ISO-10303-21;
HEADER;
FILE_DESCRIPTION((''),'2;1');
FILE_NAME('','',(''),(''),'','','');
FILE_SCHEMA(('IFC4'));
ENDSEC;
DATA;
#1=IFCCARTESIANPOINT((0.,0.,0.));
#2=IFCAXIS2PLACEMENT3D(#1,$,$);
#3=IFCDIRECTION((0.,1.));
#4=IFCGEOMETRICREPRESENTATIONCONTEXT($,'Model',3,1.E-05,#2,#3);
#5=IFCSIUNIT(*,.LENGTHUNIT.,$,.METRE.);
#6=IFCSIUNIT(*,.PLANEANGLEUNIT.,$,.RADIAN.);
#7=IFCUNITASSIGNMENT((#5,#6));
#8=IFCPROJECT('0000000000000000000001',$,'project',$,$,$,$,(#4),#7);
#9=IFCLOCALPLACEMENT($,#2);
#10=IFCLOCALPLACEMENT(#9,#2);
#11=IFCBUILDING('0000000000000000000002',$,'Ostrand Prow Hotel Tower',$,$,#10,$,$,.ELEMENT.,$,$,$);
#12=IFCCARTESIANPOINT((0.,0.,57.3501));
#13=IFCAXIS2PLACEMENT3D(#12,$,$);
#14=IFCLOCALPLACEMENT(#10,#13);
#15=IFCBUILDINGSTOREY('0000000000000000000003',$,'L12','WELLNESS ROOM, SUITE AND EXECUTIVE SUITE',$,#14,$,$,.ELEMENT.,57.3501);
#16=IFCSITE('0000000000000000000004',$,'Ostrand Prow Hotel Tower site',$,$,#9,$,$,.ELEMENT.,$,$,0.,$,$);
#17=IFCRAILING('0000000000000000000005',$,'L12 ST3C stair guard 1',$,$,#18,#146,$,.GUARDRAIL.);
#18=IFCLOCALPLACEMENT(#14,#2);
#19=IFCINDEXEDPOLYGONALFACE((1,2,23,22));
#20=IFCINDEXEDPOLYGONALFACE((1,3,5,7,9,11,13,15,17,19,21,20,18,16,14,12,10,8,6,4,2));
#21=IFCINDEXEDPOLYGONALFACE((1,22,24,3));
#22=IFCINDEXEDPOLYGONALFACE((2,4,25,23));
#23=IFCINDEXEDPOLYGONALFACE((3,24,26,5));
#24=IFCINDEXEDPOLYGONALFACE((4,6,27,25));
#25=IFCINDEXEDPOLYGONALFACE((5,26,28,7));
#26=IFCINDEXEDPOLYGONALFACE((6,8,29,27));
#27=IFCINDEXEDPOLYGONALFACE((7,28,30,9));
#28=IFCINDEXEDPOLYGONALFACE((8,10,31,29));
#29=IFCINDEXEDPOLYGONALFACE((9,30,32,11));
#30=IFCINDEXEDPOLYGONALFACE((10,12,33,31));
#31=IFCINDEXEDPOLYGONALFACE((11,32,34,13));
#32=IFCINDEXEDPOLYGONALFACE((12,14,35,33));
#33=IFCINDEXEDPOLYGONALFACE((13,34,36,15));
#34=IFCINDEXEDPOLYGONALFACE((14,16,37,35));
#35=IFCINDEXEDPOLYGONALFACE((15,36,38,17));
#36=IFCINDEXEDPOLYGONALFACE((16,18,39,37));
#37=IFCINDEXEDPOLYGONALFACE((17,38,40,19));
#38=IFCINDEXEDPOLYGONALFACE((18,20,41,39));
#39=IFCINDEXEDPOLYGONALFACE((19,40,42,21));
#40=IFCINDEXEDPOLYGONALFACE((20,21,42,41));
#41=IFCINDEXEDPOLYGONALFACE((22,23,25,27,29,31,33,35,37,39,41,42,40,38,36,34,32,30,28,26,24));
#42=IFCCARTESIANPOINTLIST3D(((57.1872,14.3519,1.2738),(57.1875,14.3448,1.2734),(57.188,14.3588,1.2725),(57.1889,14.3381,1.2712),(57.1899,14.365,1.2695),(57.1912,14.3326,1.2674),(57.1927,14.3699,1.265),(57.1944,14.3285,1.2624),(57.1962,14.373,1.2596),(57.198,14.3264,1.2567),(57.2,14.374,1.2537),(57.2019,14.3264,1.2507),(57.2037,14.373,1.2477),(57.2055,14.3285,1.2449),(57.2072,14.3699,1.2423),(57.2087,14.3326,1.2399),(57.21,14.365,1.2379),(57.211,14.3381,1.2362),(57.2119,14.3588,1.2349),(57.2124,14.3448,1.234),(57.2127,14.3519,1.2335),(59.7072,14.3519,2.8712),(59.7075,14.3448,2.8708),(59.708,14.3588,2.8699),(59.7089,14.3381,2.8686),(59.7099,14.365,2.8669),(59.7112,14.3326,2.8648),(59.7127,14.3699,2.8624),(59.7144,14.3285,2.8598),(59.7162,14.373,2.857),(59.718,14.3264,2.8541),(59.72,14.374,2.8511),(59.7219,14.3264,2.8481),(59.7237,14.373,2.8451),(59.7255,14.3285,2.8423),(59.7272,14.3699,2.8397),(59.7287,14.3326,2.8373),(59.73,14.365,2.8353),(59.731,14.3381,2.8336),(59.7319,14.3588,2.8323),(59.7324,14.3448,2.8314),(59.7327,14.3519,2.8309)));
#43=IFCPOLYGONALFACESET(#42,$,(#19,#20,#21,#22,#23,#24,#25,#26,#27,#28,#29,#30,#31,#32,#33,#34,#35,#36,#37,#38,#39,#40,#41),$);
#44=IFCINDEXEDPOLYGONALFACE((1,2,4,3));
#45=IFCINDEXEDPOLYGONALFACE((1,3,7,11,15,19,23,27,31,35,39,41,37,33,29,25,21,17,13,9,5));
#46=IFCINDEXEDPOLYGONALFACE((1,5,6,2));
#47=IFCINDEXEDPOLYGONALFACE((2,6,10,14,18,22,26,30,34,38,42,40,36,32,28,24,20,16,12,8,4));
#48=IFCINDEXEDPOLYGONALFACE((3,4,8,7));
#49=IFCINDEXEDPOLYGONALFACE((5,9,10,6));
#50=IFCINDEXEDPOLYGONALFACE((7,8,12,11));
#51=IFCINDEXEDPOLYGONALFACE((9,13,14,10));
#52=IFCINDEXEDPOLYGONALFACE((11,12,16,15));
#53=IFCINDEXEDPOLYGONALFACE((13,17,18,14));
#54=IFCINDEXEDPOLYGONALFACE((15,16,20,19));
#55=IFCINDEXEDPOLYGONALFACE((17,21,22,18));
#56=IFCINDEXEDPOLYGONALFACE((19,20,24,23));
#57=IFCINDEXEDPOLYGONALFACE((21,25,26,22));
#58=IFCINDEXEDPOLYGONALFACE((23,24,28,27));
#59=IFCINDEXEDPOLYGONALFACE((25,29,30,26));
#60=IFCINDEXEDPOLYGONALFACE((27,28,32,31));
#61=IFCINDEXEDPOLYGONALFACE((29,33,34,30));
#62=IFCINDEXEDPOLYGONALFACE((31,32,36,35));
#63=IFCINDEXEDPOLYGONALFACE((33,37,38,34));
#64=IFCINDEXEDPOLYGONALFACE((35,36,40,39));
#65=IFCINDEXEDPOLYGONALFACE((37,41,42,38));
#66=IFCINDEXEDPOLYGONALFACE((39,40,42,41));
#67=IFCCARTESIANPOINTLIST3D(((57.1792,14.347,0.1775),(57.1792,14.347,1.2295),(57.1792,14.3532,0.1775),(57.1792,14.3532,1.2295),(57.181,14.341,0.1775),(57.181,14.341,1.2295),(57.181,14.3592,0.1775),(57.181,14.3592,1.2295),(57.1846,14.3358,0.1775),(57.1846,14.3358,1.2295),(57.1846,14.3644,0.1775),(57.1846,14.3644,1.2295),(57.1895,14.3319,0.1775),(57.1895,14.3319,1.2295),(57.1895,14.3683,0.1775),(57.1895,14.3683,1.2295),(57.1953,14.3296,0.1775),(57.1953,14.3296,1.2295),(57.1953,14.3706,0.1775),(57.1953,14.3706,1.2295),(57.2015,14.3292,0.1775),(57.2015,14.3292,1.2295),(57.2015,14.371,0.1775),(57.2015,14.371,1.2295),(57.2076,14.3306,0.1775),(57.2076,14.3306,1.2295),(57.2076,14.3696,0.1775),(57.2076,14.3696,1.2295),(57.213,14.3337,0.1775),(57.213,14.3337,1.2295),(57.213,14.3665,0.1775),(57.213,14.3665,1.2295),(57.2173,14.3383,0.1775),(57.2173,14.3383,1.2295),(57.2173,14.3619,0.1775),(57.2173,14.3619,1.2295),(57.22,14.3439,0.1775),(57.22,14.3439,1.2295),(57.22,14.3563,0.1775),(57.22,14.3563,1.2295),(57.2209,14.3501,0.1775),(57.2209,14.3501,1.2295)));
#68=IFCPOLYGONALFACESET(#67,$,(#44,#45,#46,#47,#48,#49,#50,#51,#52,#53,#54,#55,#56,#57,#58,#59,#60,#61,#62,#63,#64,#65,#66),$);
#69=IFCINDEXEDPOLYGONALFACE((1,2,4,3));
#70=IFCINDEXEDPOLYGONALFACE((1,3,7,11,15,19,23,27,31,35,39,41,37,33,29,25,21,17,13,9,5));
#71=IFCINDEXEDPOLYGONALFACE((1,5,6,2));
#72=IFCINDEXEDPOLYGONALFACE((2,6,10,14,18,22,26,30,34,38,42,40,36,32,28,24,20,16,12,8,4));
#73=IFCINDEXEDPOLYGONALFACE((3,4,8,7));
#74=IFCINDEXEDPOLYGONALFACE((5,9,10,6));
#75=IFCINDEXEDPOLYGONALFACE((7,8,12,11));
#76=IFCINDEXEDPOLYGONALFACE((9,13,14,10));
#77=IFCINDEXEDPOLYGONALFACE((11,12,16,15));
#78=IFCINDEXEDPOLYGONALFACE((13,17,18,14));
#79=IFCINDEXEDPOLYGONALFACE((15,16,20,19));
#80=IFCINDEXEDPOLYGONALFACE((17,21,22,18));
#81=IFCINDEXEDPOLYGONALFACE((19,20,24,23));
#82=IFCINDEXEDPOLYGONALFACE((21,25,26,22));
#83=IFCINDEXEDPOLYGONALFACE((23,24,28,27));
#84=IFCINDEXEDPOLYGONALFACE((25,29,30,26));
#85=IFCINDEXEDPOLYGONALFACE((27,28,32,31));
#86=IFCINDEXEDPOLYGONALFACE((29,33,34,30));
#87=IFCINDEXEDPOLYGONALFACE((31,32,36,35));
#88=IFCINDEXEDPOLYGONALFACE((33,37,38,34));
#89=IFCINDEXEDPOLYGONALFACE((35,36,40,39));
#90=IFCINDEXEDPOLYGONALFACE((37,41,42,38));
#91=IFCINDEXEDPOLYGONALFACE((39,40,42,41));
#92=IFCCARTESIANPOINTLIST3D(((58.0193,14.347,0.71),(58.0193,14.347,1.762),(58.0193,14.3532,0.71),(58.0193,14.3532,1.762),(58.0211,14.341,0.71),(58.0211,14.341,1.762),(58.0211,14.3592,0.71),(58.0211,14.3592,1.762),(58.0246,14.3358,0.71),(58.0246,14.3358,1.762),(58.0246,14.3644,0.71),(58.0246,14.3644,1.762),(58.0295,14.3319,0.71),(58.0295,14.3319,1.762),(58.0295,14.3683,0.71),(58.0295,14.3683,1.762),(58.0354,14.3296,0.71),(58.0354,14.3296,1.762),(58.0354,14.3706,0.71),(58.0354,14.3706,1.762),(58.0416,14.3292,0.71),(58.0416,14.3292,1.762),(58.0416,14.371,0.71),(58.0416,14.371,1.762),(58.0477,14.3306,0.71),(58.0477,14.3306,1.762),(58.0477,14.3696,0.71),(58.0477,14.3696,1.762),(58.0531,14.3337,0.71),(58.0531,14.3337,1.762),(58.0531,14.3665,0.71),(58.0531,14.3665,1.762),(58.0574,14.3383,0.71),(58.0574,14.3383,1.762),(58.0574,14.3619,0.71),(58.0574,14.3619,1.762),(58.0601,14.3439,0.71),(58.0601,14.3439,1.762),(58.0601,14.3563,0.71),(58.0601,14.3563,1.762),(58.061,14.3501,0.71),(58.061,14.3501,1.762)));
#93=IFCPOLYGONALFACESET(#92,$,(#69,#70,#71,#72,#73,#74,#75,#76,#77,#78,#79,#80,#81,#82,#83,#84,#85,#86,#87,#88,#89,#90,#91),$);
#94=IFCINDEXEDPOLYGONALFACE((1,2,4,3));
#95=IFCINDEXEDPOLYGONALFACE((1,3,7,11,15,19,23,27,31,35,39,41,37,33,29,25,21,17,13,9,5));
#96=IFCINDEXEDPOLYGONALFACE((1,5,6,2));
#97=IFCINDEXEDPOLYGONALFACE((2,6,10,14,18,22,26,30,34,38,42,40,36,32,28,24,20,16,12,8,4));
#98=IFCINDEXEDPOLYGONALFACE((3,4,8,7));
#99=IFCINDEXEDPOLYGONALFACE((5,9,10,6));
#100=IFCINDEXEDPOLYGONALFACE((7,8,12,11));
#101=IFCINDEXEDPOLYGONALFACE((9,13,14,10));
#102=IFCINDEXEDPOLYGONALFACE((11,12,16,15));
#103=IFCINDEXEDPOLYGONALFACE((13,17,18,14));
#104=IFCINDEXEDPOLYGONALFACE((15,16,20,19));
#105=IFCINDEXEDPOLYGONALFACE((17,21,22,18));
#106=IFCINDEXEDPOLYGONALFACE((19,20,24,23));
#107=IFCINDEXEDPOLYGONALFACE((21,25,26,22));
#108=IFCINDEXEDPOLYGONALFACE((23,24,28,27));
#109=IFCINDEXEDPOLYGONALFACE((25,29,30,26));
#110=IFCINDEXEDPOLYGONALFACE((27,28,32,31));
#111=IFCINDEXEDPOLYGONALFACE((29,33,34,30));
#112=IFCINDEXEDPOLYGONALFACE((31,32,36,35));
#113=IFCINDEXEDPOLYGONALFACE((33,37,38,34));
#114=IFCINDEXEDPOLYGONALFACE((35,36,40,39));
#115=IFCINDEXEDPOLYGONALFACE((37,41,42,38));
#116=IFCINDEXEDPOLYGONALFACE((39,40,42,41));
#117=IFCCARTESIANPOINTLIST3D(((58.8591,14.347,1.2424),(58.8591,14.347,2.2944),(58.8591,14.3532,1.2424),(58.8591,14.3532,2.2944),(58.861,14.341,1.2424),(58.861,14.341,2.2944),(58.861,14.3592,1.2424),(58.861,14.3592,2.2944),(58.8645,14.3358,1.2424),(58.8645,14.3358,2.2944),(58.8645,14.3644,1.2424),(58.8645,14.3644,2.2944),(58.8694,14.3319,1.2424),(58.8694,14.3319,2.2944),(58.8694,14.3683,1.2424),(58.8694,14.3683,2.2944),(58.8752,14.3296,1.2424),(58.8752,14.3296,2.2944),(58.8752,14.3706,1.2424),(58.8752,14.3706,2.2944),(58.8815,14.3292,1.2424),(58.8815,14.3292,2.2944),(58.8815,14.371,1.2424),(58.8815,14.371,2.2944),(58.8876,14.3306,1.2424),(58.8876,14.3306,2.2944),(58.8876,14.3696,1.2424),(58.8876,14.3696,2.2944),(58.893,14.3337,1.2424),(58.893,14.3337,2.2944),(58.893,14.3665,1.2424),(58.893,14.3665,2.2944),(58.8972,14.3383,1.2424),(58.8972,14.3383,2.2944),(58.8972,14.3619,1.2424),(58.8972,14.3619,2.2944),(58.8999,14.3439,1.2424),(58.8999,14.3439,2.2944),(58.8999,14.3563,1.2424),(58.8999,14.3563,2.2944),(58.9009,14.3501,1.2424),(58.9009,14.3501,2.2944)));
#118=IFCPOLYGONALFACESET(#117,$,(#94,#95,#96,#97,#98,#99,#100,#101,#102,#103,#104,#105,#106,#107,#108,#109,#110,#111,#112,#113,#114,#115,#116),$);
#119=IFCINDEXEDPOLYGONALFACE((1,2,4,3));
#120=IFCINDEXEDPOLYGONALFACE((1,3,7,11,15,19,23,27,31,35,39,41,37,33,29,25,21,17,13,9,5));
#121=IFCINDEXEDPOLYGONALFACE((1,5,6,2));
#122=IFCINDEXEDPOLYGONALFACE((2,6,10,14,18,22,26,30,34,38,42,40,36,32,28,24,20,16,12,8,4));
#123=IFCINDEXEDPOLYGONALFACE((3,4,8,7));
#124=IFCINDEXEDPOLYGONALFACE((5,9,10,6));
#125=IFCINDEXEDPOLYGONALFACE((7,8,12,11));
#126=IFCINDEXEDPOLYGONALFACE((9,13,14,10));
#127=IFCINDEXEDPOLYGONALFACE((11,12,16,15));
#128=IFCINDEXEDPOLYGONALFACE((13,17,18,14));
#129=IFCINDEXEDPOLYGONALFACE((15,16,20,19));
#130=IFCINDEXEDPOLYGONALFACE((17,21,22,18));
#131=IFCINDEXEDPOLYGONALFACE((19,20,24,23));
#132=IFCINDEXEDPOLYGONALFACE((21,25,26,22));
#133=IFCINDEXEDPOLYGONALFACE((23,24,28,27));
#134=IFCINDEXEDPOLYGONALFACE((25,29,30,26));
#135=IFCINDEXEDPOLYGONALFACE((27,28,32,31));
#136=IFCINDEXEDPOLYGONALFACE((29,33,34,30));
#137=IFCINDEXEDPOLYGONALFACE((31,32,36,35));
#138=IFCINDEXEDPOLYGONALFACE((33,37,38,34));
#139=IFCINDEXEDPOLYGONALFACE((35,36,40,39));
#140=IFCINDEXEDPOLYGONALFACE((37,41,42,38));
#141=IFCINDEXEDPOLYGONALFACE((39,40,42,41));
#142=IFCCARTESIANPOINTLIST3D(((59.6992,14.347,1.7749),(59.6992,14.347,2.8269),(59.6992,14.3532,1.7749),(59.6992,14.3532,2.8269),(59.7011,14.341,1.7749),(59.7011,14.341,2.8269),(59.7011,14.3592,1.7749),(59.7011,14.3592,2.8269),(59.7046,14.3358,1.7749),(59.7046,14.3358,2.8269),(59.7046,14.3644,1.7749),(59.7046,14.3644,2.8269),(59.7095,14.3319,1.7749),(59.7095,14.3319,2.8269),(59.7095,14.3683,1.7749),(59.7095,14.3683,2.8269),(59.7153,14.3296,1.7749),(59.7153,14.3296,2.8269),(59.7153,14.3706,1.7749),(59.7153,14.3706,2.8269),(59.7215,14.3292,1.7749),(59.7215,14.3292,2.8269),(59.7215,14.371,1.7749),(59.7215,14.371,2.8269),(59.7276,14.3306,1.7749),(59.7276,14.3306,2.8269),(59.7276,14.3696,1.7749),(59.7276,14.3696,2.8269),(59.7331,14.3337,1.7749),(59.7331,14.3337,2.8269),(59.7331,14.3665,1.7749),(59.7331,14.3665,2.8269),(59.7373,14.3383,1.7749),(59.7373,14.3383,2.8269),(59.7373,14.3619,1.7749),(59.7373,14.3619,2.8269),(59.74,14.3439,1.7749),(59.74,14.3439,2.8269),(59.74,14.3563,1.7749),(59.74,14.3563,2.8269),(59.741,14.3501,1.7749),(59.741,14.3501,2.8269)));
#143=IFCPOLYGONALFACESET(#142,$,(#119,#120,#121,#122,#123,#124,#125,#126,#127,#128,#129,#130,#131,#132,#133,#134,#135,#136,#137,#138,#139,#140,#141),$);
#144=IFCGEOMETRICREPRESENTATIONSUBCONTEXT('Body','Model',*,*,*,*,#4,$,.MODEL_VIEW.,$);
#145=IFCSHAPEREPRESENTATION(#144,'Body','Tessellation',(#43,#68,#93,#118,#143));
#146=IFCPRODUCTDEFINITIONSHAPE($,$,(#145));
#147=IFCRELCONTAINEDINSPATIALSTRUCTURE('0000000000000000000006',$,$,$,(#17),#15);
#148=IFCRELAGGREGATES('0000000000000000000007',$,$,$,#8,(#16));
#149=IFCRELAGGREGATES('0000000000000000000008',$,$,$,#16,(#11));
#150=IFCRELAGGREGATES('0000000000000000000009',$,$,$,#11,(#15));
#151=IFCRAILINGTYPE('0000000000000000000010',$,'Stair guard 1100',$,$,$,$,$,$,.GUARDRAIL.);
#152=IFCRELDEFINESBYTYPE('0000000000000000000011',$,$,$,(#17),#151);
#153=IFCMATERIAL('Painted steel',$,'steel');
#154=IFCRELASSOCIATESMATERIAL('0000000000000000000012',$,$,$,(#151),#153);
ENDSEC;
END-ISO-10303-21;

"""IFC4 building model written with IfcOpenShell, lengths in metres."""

from ifc_helpers import new_model, si_unit, direction, frame, origin, origin_2d, place, context, subcontext, project, spatial, circle, extrude, material, type_object, element, save


model = new_model("IFC4")

# Units and contexts
model_context = context("Model", 3, precision=1e-05, world=origin(), true_north=direction((0.0, 1.0)))
body_context = subcontext(model_context, "Body", "Model", "MODEL_VIEW")
ifc_project = project(units=[si_unit("LENGTHUNIT", "METRE"), si_unit("PLANEANGLEUNIT", "RADIAN")], contexts=[model_context])

# Site, building, storey
site_placement = place(None, origin())
site = spatial("IfcSite", under=ifc_project, at=site_placement, Name="Ostrand Prow Hotel Tower site", CompositionType="ELEMENT", RefElevation=0.0)
building_placement = place(site_placement, origin())
building = spatial("IfcBuilding", under=site, at=building_placement, Name="Ostrand Prow Hotel Tower", CompositionType="ELEMENT")
storey_placement = place(building_placement, frame((0.0, 0.0, 57.3501)))
storey = spatial("IfcBuildingStorey", under=building, at=storey_placement, Name="L12", Description="WELLNESS ROOM, SUITE AND EXECUTIVE SUITE", CompositionType="ELEMENT", Elevation=57.3501)

# Railing
ifc_material_1 = material(Name="Painted steel", Category="steel")
railing_type_1 = type_object("IfcRailingType", Name="Stair guard 1100", PredefinedType="GUARDRAIL", material=ifc_material_1)
railing_1_placement = place(storey_placement, frame((57.2, 14.3501, 0.1775)))
element("IfcRailing", 1, at=railing_1_placement, inside=storey, type_object=railing_type_1, Name="L12 ST3C stair guard 1", PredefinedType="GUARDRAIL", context=body_context, shape_type="SweptSolid", body=[
    extrude(circle(Radius=0.0239, at=origin_2d()), frame((0.0, 0.0, 1.0762), z_axis=(0.844607, 0.0, 0.535387), x_axis=(0.0, 1.0, 0.0)), (0.0, 0.0, 1.0), 2.9836),
    extrude(circle(Radius=0.021, at=origin_2d()), origin(), (0.0, 0.0, 1.0), 1.052),
    extrude(circle(Radius=0.021, at=origin_2d()), frame((0.8401, 0.0, 0.5325)), (0.0, 0.0, 1.0), 1.052),
    extrude(circle(Radius=0.021, at=origin_2d()), frame((1.6799, 0.0, 1.0649)), (0.0, 0.0, 1.0), 1.052),
    extrude(circle(Radius=0.021, at=origin_2d()), frame((2.52, 0.0, 1.5974)), (0.0, 0.0, 1.0), 1.052),
])

save(model, "model.ifc")
